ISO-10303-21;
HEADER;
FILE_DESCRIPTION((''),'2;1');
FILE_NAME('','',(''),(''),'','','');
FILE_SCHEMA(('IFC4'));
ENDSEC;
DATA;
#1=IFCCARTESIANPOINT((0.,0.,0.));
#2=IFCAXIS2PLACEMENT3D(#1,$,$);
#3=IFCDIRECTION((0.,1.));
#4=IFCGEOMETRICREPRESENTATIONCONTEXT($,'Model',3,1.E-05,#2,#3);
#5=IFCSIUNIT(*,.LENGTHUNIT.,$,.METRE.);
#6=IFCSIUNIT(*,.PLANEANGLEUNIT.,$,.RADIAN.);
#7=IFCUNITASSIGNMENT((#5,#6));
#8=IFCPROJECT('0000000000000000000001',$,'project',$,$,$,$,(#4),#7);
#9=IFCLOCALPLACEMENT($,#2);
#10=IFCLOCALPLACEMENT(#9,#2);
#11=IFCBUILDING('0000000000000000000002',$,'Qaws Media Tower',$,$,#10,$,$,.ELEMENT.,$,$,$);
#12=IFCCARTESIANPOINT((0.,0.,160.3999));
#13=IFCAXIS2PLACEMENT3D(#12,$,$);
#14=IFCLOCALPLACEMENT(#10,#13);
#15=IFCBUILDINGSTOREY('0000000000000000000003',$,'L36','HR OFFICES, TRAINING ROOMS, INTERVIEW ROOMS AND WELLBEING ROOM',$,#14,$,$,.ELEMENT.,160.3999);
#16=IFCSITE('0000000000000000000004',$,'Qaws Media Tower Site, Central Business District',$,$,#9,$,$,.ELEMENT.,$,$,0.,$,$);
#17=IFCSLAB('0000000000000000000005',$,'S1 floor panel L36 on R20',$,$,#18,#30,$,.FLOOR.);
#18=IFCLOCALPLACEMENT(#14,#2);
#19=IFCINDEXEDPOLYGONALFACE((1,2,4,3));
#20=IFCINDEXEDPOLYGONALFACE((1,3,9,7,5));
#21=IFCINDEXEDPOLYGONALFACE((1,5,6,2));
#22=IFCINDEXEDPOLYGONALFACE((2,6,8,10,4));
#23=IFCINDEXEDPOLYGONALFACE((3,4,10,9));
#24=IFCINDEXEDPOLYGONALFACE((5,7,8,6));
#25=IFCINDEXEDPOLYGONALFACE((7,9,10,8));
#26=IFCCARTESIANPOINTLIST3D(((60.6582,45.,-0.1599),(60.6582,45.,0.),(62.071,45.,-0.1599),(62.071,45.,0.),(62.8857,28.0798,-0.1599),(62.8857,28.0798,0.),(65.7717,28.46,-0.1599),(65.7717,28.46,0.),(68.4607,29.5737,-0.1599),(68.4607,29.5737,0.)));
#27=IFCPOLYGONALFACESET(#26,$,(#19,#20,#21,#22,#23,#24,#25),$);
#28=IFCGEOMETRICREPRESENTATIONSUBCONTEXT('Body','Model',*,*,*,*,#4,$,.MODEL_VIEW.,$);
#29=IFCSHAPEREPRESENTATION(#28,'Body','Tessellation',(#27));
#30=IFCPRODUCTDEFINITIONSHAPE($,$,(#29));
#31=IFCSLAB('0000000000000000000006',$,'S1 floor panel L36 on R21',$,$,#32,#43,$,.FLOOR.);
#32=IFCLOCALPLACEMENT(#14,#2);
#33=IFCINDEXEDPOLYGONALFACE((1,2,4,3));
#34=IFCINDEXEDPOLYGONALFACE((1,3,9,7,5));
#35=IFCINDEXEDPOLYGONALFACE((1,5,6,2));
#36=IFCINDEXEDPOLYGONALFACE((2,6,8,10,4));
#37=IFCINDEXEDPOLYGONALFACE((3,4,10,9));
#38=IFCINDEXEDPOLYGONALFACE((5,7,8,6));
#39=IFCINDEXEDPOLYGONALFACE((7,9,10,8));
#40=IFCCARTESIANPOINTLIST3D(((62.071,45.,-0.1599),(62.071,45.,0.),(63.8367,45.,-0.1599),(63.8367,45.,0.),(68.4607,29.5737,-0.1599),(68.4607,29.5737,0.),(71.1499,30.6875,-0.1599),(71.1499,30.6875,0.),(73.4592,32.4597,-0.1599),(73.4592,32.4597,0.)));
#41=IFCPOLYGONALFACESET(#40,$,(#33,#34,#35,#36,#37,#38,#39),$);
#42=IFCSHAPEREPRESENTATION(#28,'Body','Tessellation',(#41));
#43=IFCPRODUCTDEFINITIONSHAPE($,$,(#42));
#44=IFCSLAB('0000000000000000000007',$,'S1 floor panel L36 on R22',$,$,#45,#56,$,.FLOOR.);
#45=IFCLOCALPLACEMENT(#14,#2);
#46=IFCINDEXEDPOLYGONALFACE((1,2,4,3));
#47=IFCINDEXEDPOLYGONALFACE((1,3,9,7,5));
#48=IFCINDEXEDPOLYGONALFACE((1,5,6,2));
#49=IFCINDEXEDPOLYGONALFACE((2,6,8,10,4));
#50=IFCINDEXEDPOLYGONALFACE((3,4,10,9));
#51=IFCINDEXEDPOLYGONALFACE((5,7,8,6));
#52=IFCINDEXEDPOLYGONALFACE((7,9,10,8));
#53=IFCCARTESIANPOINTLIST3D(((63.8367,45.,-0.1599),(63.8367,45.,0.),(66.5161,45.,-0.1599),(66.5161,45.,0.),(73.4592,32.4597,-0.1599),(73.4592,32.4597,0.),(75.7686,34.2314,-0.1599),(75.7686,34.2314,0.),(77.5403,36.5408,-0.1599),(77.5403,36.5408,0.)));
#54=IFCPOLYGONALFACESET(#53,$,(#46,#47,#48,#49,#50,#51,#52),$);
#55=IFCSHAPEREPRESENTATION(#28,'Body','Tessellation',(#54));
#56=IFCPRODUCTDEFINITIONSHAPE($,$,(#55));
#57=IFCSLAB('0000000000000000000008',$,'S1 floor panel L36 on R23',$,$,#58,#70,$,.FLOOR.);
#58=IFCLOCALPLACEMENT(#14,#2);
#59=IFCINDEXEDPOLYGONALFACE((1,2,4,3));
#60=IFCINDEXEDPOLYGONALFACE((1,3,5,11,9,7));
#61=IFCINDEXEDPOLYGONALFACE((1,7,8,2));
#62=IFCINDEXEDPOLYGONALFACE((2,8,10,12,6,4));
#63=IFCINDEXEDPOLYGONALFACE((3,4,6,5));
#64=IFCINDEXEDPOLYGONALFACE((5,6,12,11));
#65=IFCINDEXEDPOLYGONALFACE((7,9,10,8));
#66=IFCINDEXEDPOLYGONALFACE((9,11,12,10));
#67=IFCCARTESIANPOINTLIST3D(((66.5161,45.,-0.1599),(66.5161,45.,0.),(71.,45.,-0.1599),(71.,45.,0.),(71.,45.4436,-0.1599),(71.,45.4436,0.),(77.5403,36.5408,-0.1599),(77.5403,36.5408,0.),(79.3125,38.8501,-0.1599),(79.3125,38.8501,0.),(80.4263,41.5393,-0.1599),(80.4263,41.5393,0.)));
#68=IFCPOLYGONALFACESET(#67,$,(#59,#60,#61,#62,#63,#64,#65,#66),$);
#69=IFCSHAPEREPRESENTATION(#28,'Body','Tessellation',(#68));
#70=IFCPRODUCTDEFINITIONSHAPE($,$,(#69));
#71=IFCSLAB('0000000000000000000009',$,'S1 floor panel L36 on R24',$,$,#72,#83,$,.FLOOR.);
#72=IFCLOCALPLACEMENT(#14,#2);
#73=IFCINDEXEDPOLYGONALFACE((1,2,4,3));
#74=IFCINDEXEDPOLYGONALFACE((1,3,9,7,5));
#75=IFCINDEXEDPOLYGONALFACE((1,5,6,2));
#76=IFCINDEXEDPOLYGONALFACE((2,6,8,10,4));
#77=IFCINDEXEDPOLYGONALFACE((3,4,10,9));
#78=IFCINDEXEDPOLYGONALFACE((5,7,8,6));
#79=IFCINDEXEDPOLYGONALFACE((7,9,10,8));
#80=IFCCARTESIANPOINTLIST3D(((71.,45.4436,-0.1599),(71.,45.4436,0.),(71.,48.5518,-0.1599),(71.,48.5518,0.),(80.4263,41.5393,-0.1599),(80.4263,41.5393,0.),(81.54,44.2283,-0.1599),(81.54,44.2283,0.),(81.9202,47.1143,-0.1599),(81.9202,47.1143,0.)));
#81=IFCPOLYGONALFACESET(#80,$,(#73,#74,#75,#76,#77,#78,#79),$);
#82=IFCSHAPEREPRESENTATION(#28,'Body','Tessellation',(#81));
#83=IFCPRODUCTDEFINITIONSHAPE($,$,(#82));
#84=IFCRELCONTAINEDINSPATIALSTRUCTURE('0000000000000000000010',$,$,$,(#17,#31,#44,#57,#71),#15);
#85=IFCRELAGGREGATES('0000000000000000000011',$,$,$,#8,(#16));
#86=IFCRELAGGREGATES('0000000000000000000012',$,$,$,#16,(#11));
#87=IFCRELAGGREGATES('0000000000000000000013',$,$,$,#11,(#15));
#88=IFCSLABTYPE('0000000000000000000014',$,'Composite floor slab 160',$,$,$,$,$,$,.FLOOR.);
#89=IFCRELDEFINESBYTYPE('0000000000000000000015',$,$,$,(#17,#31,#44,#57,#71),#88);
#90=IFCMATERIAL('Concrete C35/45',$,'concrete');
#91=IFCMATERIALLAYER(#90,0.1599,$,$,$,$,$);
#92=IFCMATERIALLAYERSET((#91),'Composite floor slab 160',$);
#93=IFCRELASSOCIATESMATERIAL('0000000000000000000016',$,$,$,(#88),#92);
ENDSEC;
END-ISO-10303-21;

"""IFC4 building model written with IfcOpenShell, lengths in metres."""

from ifc_helpers import new_model, si_unit, direction, frame, origin, place, context, subcontext, project, spatial, polyline, outline, extrude, material, layer, layer_set, type_object, element, save


model = new_model("IFC4")

# Units and contexts
model_context = context("Model", 3, precision=1e-05, world=origin(), true_north=direction((0.0, 1.0)))
body_context = subcontext(model_context, "Body", "Model", "MODEL_VIEW")
ifc_project = project(units=[si_unit("LENGTHUNIT", "METRE"), si_unit("PLANEANGLEUNIT", "RADIAN")], contexts=[model_context])

# Site, building, storey
site_placement = place(None, origin())
site = spatial("IfcSite", under=ifc_project, at=site_placement, Name="Qaws Media Tower Site, Central Business District", CompositionType="ELEMENT", RefElevation=0.0)
building_placement = place(site_placement, origin())
building = spatial("IfcBuilding", under=site, at=building_placement, Name="Qaws Media Tower", CompositionType="ELEMENT")
storey_placement = place(building_placement, frame((0.0, 0.0, 160.3999)))
storey = spatial("IfcBuildingStorey", under=building, at=storey_placement, Name="L36", Description="HR OFFICES, TRAINING ROOMS, INTERVIEW ROOMS AND WELLBEING ROOM", CompositionType="ELEMENT", Elevation=160.3999)

# Slabs
ifc_material_1 = material(Name="Concrete C35/45", Category="concrete")
ifc_layer_1 = layer(ifc_material_1, 0.1599)
ifc_layer_set_1 = layer_set([ifc_layer_1], Name="Composite floor slab 160")
slab_type_1 = type_object("IfcSlabType", Name="Composite floor slab 160", PredefinedType="FLOOR", material=ifc_layer_set_1)
slab_1_placement = place(storey_placement, frame((0.0, 0.0, -0.1599)))
element("IfcSlab", 1, at=slab_1_placement, inside=storey, type_object=slab_type_1, Name="S1 floor panel L36 on R20", PredefinedType="FLOOR", context=body_context, shape_type="SweptSolid", body=[
    extrude(outline(polyline([(65.7717, 28.46), (62.8857, 28.0798), (60.6582, 45.0), (62.071, 45.0), (68.4607, 29.5737), (65.7717, 28.46)])), origin(), (0.0, 0.0, 1.0), 0.1599),
])
slab_2_placement = place(storey_placement, frame((0.0, 0.0, -0.1599)))
element("IfcSlab", 2, at=slab_2_placement, inside=storey, type_object=slab_type_1, Name="S1 floor panel L36 on R21", PredefinedType="FLOOR", context=body_context, shape_type="SweptSolid", body=[
    extrude(outline(polyline([(71.1499, 30.6875), (68.4607, 29.5737), (62.071, 45.0), (63.8367, 45.0), (73.4592, 32.4597), (71.1499, 30.6875)])), origin(), (0.0, 0.0, 1.0), 0.1599),
])
slab_3_placement = place(storey_placement, frame((0.0, 0.0, -0.1599)))
element("IfcSlab", 3, at=slab_3_placement, inside=storey, type_object=slab_type_1, Name="S1 floor panel L36 on R22", PredefinedType="FLOOR", context=body_context, shape_type="SweptSolid", body=[
    extrude(outline(polyline([(75.7686, 34.2314), (73.4592, 32.4597), (63.8367, 45.0), (66.5161, 45.0), (77.5403, 36.5408), (75.7686, 34.2314)])), origin(), (0.0, 0.0, 1.0), 0.1599),
])
slab_4_placement = place(storey_placement, frame((0.0, 0.0, -0.1599)))
element("IfcSlab", 4, at=slab_4_placement, inside=storey, type_object=slab_type_1, Name="S1 floor panel L36 on R23", PredefinedType="FLOOR", context=body_context, shape_type="SweptSolid", body=[
    extrude(outline(polyline([(79.3125, 38.8501), (77.5403, 36.5408), (66.5161, 45.0), (71.0, 45.0), (71.0, 45.4436), (80.4263, 41.5393), (79.3125, 38.8501)])), origin(), (0.0, 0.0, 1.0), 0.1599),
])
slab_5_placement = place(storey_placement, frame((0.0, 0.0, -0.1599)))
element("IfcSlab", 5, at=slab_5_placement, inside=storey, type_object=slab_type_1, Name="S1 floor panel L36 on R24", PredefinedType="FLOOR", context=body_context, shape_type="SweptSolid", body=[
    extrude(outline(polyline([(80.4263, 41.5393), (71.0, 45.4436), (71.0, 48.5518), (81.9202, 47.1143), (81.54, 44.2283), (80.4263, 41.5393)])), origin(), (0.0, 0.0, 1.0), 0.1599),
])

save(model, "model.ifc")
